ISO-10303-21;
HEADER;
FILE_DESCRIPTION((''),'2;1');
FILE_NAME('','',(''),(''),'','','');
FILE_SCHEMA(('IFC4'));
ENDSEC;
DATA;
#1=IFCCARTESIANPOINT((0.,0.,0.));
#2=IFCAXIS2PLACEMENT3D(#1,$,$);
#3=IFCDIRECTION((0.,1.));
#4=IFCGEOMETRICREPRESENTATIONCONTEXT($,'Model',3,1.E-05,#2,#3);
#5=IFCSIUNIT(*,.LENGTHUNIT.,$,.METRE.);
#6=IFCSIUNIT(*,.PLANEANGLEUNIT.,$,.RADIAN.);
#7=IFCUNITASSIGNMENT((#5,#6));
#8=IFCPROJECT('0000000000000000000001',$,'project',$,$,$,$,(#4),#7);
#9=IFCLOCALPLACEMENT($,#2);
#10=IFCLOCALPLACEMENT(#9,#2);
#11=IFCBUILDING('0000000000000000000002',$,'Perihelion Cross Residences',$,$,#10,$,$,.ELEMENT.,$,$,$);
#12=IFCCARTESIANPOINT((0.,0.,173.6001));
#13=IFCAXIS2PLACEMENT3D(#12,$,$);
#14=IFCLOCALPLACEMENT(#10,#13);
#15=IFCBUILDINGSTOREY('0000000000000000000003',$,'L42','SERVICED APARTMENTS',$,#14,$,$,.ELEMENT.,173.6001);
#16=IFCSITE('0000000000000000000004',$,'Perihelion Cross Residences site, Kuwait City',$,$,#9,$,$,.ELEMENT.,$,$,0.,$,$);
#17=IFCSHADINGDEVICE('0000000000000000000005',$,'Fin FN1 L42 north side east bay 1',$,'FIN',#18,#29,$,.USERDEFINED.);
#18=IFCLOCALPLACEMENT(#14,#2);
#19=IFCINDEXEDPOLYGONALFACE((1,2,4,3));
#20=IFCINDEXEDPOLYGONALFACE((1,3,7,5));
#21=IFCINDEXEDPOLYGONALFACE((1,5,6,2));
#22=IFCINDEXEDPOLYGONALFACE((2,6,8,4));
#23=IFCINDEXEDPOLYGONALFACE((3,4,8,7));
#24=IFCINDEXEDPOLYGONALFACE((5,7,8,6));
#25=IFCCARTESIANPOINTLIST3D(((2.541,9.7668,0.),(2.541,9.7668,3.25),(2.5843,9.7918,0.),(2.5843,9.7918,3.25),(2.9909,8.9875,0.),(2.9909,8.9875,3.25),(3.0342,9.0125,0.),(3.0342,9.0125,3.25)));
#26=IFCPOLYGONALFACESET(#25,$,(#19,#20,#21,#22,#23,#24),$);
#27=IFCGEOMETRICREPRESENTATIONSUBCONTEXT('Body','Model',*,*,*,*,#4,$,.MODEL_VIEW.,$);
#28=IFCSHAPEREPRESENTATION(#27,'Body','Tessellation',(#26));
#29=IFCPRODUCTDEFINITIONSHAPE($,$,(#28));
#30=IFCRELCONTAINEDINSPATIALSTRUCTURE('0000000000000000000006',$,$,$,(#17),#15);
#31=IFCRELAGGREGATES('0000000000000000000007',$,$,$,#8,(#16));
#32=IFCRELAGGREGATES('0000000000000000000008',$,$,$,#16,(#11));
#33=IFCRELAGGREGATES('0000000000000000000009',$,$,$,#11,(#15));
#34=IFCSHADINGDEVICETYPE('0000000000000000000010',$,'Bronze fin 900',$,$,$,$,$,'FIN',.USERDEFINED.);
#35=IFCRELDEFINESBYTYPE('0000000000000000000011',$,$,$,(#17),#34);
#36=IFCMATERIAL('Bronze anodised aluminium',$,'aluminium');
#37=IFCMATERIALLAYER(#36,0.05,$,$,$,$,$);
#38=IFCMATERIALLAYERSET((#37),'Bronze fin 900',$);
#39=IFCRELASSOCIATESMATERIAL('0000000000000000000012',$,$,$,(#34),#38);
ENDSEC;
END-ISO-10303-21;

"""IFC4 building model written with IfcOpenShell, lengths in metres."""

from ifc_helpers import new_model, si_unit, direction, frame, origin, origin_2d, place, context, subcontext, project, spatial, rectangle, extrude, material, layer, layer_set, type_object, element, save


model = new_model("IFC4")

# Units and contexts
model_context = context("Model", 3, precision=1e-05, world=origin(), true_north=direction((0.0, 1.0)))
body_context = subcontext(model_context, "Body", "Model", "MODEL_VIEW")
ifc_project = project(units=[si_unit("LENGTHUNIT", "METRE"), si_unit("PLANEANGLEUNIT", "RADIAN")], contexts=[model_context])

# Site, building, storey
site_placement = place(None, origin())
site = spatial("IfcSite", under=ifc_project, at=site_placement, Name="Perihelion Cross Residences site, Kuwait City", CompositionType="ELEMENT", RefElevation=0.0)
building_placement = place(site_placement, origin())
building = spatial("IfcBuilding", under=site, at=building_placement, Name="Perihelion Cross Residences", CompositionType="ELEMENT")
storey_placement = place(building_placement, frame((0.0, 0.0, 173.6001)))
storey = spatial("IfcBuildingStorey", under=building, at=storey_placement, Name="L42", Description="SERVICED APARTMENTS", CompositionType="ELEMENT", Elevation=173.6001)

# Shading device
ifc_material_1 = material(Name="Bronze anodised aluminium", Category="aluminium")
ifc_layer_1 = layer(ifc_material_1, 0.05)
ifc_layer_set_1 = layer_set([ifc_layer_1], Name="Bronze fin 900")
shading_device_type = type_object("IfcShadingDeviceType", Name="Bronze fin 900", ElementType="FIN", PredefinedType="USERDEFINED", material=ifc_layer_set_1)
shading_device_placement = place(storey_placement, frame((2.7876, 9.3896, 0.0), z_axis=(0.0, 0.0, 1.0), x_axis=(-0.5, 0.866025, 0.0)))
element("IfcShadingDevice", 1, at=shading_device_placement, inside=storey, type_object=shading_device_type, Name="Fin FN1 L42 north side east bay 1", ObjectType="FIN", PredefinedType="USERDEFINED", context=body_context, shape_type="SweptSolid", body=[
    extrude(rectangle(XDim=0.8999, YDim=0.05, at=origin_2d()), origin(), (0.0, 0.0, 1.0), 3.25),
])

save(model, "model.ifc")
